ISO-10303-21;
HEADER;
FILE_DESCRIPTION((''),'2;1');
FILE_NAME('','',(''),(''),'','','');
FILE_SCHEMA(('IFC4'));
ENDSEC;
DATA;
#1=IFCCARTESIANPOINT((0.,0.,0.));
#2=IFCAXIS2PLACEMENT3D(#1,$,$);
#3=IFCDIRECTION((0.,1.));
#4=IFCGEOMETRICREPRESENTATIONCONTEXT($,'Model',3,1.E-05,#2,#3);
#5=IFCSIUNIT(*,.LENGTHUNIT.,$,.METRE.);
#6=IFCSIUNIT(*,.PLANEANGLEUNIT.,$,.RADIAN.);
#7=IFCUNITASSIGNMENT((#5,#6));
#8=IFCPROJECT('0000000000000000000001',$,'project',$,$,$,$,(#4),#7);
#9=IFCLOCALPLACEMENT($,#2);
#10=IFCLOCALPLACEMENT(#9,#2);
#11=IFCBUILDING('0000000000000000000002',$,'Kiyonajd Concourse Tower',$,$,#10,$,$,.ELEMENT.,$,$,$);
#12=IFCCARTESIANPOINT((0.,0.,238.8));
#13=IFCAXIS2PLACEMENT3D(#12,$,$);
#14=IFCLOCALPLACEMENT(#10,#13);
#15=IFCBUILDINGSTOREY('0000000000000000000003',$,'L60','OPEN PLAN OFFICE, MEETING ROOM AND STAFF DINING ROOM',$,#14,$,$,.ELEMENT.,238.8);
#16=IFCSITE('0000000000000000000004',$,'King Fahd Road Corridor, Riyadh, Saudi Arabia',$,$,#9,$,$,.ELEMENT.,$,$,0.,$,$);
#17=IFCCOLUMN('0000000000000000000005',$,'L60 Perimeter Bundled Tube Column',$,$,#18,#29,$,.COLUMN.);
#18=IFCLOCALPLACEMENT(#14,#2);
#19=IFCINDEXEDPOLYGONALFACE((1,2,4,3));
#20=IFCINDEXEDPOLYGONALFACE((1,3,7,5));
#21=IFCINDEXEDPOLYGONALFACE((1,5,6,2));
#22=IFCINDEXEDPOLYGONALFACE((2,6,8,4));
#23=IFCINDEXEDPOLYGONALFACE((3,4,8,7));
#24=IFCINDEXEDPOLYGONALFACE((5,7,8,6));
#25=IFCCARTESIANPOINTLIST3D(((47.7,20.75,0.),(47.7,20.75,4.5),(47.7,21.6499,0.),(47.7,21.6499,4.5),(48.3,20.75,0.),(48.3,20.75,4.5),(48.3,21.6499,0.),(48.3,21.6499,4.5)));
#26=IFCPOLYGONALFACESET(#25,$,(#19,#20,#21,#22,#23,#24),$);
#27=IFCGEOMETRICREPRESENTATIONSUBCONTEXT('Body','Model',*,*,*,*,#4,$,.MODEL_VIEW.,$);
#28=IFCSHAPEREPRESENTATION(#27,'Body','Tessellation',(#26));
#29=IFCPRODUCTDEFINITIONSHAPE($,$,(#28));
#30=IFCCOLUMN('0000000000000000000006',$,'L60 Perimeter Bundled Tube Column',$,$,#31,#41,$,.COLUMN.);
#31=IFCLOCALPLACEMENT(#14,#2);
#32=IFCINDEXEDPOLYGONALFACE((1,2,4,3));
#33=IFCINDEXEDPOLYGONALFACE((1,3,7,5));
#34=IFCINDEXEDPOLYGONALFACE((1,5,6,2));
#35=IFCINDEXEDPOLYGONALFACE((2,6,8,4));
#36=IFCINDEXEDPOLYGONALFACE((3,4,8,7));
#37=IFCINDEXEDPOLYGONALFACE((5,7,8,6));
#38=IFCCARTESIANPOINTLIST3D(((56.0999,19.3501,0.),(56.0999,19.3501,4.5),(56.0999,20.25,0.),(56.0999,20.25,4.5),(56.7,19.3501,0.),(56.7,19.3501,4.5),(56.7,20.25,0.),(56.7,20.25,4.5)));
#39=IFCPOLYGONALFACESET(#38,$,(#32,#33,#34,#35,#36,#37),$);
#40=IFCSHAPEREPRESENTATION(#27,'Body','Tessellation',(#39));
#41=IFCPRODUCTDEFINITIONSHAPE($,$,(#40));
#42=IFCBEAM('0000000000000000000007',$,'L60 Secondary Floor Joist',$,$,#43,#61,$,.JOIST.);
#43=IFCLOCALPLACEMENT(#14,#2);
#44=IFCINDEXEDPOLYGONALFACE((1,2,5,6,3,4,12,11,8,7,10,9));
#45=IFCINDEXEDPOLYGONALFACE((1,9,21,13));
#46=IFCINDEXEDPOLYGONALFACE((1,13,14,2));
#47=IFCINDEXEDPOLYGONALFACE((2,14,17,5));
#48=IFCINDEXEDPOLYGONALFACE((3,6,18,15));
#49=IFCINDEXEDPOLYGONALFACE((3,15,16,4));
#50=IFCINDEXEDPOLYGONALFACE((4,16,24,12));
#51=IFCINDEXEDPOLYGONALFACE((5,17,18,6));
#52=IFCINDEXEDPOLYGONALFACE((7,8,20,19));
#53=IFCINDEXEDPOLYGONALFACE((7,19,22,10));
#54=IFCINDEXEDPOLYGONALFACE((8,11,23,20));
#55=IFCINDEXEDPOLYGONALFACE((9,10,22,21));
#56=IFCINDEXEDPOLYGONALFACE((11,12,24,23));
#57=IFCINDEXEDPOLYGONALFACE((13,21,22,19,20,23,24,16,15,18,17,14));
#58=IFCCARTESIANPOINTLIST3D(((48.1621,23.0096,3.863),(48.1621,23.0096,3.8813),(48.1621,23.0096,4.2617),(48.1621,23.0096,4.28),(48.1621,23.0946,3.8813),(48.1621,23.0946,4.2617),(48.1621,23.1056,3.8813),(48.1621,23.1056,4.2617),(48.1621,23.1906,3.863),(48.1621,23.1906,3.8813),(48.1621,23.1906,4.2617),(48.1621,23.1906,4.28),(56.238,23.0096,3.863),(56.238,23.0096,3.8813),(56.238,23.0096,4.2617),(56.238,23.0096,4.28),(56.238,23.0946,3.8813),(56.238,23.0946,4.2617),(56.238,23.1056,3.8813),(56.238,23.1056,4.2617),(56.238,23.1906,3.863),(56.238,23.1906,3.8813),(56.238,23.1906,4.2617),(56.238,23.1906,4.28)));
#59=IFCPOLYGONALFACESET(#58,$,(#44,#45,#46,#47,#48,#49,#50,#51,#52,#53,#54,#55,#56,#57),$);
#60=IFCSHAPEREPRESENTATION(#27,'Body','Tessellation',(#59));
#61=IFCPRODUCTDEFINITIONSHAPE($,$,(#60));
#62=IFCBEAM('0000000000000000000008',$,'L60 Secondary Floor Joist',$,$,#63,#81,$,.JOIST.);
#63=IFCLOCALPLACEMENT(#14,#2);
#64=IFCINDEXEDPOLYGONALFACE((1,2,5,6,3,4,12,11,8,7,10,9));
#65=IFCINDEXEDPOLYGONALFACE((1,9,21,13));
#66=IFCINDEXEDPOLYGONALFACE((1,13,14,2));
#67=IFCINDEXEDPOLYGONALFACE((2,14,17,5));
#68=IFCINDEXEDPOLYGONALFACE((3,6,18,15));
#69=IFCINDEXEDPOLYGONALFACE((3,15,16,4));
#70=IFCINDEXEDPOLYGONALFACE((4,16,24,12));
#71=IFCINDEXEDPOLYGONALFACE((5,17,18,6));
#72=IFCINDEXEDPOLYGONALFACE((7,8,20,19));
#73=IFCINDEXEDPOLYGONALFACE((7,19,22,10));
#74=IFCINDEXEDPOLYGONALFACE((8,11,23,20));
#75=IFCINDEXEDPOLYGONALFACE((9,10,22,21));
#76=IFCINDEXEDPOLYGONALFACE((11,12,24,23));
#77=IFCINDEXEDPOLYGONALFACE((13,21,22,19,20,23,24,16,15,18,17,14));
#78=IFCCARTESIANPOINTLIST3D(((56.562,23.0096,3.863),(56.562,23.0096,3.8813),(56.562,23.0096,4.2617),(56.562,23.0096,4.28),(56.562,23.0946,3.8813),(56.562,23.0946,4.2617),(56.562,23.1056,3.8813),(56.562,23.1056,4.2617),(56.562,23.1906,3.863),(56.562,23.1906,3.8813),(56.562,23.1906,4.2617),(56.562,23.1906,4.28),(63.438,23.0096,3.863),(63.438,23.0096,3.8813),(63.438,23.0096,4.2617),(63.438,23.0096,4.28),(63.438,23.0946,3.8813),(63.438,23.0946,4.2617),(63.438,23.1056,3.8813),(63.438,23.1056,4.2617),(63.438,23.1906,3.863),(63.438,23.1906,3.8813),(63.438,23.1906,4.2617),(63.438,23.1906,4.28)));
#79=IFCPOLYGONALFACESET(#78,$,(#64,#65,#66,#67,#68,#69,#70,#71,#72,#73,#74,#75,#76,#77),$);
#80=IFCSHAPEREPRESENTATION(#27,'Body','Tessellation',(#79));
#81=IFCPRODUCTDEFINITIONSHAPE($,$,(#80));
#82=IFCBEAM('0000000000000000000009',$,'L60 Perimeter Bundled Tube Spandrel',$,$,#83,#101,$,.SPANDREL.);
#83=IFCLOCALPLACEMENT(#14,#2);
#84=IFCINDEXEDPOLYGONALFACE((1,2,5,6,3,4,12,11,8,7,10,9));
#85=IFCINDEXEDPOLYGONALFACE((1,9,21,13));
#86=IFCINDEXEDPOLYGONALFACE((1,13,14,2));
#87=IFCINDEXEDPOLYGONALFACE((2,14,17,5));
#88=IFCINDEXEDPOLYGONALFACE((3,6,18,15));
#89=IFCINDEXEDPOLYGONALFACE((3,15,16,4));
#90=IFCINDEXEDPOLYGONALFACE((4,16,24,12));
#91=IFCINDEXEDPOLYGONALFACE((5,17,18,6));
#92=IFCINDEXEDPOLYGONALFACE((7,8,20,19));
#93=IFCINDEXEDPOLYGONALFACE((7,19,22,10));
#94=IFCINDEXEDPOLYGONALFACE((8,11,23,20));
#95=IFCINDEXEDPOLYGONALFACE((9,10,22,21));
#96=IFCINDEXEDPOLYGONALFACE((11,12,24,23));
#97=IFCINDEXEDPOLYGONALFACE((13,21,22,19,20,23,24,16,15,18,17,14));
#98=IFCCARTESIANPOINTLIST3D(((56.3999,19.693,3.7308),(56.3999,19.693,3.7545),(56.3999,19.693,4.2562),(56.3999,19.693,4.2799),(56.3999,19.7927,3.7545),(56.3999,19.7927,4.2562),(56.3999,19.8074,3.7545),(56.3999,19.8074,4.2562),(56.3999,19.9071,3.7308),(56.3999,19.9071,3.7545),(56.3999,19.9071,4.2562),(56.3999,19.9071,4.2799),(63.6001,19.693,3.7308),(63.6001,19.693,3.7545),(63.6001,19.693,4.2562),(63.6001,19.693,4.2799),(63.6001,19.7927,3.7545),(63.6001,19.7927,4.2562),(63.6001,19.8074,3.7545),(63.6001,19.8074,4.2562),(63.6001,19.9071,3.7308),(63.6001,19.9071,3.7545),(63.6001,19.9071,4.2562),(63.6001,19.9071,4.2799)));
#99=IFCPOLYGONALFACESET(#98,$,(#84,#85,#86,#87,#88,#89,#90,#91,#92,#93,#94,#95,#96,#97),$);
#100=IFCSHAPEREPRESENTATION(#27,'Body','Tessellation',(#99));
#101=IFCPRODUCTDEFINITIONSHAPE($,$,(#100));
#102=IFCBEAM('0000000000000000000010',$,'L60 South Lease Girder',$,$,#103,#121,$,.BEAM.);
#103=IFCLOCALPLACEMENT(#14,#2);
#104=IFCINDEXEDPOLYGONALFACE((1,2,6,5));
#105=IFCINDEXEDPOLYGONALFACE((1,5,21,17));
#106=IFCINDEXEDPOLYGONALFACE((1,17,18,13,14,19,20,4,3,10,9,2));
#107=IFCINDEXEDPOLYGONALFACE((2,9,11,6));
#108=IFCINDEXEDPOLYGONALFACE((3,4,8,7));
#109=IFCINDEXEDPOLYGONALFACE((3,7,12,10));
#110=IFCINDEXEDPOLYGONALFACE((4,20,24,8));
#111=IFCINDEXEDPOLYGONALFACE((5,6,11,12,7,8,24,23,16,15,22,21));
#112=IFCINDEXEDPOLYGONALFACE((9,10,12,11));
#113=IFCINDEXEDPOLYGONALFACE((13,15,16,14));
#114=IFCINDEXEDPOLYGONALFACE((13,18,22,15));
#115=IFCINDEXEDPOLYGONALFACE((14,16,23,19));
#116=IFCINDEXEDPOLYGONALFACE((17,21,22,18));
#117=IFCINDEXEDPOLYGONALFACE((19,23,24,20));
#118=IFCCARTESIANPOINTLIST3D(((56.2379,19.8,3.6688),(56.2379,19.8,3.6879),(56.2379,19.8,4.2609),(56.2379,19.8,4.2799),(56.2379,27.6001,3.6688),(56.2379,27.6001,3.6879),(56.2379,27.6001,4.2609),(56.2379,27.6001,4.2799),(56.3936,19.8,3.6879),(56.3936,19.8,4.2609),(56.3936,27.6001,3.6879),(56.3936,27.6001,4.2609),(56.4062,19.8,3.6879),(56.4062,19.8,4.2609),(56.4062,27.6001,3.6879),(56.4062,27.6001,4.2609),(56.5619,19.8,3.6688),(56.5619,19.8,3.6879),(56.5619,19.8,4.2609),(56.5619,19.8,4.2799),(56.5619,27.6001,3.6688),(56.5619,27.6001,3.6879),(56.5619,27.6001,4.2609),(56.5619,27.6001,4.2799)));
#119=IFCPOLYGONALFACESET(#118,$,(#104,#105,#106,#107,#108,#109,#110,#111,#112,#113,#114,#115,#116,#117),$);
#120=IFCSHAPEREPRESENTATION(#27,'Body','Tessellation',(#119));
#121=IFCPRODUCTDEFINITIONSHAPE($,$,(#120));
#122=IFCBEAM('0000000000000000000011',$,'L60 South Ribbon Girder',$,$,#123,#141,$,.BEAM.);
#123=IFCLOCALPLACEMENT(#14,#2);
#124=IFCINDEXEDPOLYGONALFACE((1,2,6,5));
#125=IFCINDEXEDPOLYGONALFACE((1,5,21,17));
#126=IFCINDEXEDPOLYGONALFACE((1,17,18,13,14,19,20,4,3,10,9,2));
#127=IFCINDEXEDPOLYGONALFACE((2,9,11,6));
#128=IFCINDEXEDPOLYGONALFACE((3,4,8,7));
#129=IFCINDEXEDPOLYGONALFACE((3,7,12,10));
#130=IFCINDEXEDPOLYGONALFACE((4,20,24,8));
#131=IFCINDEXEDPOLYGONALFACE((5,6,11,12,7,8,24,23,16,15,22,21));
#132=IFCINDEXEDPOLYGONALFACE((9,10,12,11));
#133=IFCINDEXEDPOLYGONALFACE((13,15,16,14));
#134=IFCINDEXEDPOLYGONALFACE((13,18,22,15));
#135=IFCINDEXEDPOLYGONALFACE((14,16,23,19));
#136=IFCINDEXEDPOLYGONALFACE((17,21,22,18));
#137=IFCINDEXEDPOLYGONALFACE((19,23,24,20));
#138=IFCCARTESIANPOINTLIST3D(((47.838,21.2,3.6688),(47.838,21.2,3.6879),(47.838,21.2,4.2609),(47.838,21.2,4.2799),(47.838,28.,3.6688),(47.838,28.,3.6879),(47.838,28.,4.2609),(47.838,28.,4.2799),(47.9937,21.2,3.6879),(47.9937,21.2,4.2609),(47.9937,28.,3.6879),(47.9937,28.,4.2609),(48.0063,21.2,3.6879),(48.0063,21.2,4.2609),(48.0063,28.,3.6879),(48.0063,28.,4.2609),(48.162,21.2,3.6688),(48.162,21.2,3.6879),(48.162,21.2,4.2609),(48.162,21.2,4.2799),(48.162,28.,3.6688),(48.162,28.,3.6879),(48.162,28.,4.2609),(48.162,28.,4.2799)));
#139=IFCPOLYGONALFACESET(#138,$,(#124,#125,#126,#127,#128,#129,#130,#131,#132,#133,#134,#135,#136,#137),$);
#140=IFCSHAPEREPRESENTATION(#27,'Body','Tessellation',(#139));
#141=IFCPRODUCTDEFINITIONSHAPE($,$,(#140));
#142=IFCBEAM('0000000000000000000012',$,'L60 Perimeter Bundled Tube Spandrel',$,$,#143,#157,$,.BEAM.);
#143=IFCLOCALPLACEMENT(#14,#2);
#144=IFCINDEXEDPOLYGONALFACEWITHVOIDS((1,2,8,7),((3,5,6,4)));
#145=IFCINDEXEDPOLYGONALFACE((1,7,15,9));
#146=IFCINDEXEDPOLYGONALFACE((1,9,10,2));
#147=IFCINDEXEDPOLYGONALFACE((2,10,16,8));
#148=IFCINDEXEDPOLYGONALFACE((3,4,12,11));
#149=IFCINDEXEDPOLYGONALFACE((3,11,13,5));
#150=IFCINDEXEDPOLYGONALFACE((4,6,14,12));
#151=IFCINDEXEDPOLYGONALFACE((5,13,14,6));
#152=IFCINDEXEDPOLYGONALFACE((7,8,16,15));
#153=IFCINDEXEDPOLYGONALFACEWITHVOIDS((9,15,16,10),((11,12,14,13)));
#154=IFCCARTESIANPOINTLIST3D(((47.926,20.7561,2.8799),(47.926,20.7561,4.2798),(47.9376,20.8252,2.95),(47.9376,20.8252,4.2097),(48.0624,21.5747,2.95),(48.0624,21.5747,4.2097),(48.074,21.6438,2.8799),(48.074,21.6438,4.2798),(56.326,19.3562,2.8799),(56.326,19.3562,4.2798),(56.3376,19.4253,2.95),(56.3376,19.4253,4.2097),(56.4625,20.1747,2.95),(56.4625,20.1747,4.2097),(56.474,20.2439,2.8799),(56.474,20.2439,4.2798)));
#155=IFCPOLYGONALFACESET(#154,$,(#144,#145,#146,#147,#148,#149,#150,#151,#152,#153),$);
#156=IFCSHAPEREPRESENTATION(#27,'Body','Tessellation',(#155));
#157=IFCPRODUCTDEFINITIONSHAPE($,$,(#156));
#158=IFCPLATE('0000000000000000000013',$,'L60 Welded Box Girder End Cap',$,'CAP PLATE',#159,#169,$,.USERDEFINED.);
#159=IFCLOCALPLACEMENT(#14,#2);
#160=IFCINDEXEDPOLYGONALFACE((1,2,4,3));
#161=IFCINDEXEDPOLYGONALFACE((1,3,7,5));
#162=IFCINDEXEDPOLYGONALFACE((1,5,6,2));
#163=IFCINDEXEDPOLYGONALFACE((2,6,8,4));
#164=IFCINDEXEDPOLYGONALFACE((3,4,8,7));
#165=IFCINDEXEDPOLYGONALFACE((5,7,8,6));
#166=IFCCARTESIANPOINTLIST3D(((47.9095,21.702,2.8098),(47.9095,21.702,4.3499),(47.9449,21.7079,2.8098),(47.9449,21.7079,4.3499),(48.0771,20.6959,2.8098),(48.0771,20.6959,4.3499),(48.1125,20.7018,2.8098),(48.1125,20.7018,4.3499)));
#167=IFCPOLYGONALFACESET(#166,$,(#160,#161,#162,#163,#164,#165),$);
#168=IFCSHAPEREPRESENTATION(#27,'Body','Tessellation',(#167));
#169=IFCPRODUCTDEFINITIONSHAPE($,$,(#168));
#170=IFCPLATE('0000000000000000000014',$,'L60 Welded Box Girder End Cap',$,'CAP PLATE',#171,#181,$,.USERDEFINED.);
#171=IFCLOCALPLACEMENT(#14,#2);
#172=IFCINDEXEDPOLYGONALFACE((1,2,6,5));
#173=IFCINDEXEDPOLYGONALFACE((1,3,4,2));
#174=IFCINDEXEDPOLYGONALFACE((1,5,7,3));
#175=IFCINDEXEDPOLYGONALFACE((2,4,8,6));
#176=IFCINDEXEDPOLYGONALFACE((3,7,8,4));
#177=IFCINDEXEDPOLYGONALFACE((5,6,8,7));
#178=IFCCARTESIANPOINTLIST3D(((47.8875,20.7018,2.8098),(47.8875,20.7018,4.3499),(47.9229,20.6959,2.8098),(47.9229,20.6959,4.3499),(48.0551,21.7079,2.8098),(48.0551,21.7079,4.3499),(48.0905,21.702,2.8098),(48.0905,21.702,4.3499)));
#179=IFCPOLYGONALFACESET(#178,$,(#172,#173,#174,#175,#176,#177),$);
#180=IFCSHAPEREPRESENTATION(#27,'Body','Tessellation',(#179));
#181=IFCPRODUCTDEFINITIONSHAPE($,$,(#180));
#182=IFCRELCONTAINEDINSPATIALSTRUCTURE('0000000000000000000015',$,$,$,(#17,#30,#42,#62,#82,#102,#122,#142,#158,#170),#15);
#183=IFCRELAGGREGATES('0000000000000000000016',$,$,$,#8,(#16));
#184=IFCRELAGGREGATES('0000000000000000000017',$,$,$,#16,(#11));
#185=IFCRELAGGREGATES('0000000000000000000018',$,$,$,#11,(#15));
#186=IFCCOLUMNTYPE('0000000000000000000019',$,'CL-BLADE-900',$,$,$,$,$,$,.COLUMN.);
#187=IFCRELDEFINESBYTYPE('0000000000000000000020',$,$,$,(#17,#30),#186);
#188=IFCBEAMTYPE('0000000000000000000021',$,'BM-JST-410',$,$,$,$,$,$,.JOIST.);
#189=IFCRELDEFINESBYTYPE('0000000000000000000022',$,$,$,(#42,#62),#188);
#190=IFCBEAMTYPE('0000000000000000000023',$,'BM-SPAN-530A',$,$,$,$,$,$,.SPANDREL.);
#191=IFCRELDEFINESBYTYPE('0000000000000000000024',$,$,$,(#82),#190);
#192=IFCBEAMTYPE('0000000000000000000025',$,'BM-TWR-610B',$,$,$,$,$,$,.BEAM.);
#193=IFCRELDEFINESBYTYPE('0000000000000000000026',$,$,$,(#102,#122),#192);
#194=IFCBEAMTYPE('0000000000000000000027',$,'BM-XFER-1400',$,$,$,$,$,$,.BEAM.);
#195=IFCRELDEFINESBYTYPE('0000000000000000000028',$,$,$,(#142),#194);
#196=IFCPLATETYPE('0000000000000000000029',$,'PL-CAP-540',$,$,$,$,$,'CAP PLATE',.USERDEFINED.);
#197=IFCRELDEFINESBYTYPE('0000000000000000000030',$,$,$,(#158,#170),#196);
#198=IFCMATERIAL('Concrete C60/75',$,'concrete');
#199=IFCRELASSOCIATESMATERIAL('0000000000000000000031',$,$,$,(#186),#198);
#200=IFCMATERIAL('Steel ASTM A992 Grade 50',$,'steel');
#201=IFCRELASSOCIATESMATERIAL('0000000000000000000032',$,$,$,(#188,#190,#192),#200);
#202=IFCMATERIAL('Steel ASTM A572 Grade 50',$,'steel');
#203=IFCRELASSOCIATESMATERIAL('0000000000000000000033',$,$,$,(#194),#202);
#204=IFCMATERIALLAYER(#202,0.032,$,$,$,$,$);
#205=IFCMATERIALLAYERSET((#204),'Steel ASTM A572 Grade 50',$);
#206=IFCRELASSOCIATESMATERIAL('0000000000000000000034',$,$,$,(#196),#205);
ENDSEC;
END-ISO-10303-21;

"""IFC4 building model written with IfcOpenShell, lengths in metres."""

from ifc_helpers import new_model, si_unit, direction, frame, origin, origin_2d, place, context, subcontext, project, spatial, rectangle, hollow_rectangle, i_section, extrude, material, layer, layer_set, material_profile, profile_set, type_object, element, save


model = new_model("IFC4")

# Units and contexts
model_context = context("Model", 3, precision=1e-05, world=origin(), true_north=direction((0.0, 1.0)))
body_context = subcontext(model_context, "Body", "Model", "MODEL_VIEW")
ifc_project = project(units=[si_unit("LENGTHUNIT", "METRE"), si_unit("PLANEANGLEUNIT", "RADIAN")], contexts=[model_context])

# Site, building, storey
site_placement = place(None, origin())
site = spatial("IfcSite", under=ifc_project, at=site_placement, Name="King Fahd Road Corridor, Riyadh, Saudi Arabia", CompositionType="ELEMENT", RefElevation=0.0)
building_placement = place(site_placement, origin())
building = spatial("IfcBuilding", under=site, at=building_placement, Name="Kiyonajd Concourse Tower", CompositionType="ELEMENT")
storey_placement = place(building_placement, frame((0.0, 0.0, 238.8)))
storey = spatial("IfcBuildingStorey", under=building, at=storey_placement, Name="L60", Description="OPEN PLAN OFFICE, MEETING ROOM AND STAFF DINING ROOM", CompositionType="ELEMENT", Elevation=238.8)

# Columns
ifc_material_1 = material(Name="Concrete C60/75", Category="concrete")
ifc_material_profile_1 = material_profile(ifc_material_1, rectangle(XDim=0.6001, YDim=0.8999, at=origin_2d()), Name="RC-900x600")
ifc_profile_set_1 = profile_set([ifc_material_profile_1], Name="Concrete C60/75")
column_type = type_object("IfcColumnType", Name="CL-BLADE-900", PredefinedType="COLUMN", material=ifc_profile_set_1)
for number, where, z_axis, x_axis, name in (
    (1, (48.0, 21.2, 0.0), (0.0, 0.0, 1.0), (1.0, 0.0, 0.0), "L60 Perimeter Bundled Tube Column"),
    (2, (56.3999, 19.8, 0.0), (0.0, 0.0, 1.0), (1.0, 0.0, 0.0), "L60 Perimeter Bundled Tube Column"),
):
    element("IfcColumn", number, at=place(storey_placement, frame(where, z_axis=z_axis, x_axis=x_axis)), inside=storey, type_object=column_type, Name=name, PredefinedType="COLUMN", context=body_context, shape_type="SweptSolid", body=[
        extrude(rectangle(XDim=0.6001, YDim=0.8999, at=origin_2d()), origin(), (0.0, 0.0, 1.0), 4.5),
    ])

# Beams
ifc_material_2 = material(Name="Steel ASTM A992 Grade 50", Category="steel")
ifc_material_profile_2 = material_profile(ifc_material_2, i_section(OverallWidth=0.1809, OverallDepth=0.417, WebThickness=0.011, FlangeThickness=0.0183, at=origin_2d()), Name="W410X85")
ifc_profile_set_2 = profile_set([ifc_material_profile_2], Name="Steel ASTM A992 Grade 50")
beam_type_1 = type_object("IfcBeamType", Name="BM-JST-410", PredefinedType="JOIST", material=ifc_profile_set_2)
beam_1_placement = place(storey_placement, frame((48.1621, 23.1001, 4.0715), z_axis=(1.0, 0.0, 0.0), x_axis=(0.0, 1.0, 0.0)))
element("IfcBeam", 3, at=beam_1_placement, inside=storey, type_object=beam_type_1, Name="L60 Secondary Floor Joist", PredefinedType="JOIST", context=body_context, shape_type="SweptSolid", body=[
    extrude(i_section(OverallWidth=0.1809, OverallDepth=0.417, WebThickness=0.011, FlangeThickness=0.0183, at=origin_2d()), origin(), (0.0, 0.0, 1.0), 8.0759),
])
beam_2_placement = place(storey_placement, frame((56.562, 23.1001, 4.0715), z_axis=(1.0, 0.0, 0.0), x_axis=(0.0, 1.0, 0.0)))
element("IfcBeam", 4, at=beam_2_placement, inside=storey, type_object=beam_type_1, Name="L60 Secondary Floor Joist", PredefinedType="JOIST", context=body_context, shape_type="SweptSolid", body=[
    extrude(i_section(OverallWidth=0.1809, OverallDepth=0.417, WebThickness=0.011, FlangeThickness=0.0183, at=origin_2d()), origin(), (0.0, 0.0, 1.0), 6.876),
])
ifc_material_profile_3 = material_profile(ifc_material_2, i_section(OverallWidth=0.2141, OverallDepth=0.5491, WebThickness=0.0146, FlangeThickness=0.0237, at=origin_2d()), Name="W530X138")
ifc_profile_set_3 = profile_set([ifc_material_profile_3], Name="Steel ASTM A992 Grade 50")
beam_type_2 = type_object("IfcBeamType", Name="BM-SPAN-530A", PredefinedType="SPANDREL", material=ifc_profile_set_3)
beam_3_placement = place(storey_placement, frame((56.3999, 19.8, 4.0054), z_axis=(1.0, 0.0, 0.0), x_axis=(0.0, 1.0, 0.0)))
element("IfcBeam", 5, at=beam_3_placement, inside=storey, type_object=beam_type_2, Name="L60 Perimeter Bundled Tube Spandrel", PredefinedType="SPANDREL", context=body_context, shape_type="SweptSolid", body=[
    extrude(i_section(OverallWidth=0.2141, OverallDepth=0.5491, WebThickness=0.0146, FlangeThickness=0.0237, at=origin_2d()), origin(), (0.0, 0.0, 1.0), 7.2002),
])
ifc_material_profile_4 = material_profile(ifc_material_2, i_section(OverallWidth=0.324, OverallDepth=0.6111, WebThickness=0.0127, FlangeThickness=0.019, at=origin_2d()), Name="W610X155")
ifc_profile_set_4 = profile_set([ifc_material_profile_4], Name="Steel ASTM A992 Grade 50")
beam_type_3 = type_object("IfcBeamType", Name="BM-TWR-610B", PredefinedType="BEAM", material=ifc_profile_set_4)
beam_4_placement = place(storey_placement, frame((56.3999, 19.8, 3.9744), z_axis=(0.0, 1.0, 0.0), x_axis=(-1.0, 0.0, 0.0)))
element("IfcBeam", 6, at=beam_4_placement, inside=storey, type_object=beam_type_3, Name="L60 South Lease Girder", PredefinedType="BEAM", context=body_context, shape_type="SweptSolid", body=[
    extrude(i_section(OverallWidth=0.324, OverallDepth=0.6111, WebThickness=0.0127, FlangeThickness=0.019, at=origin_2d()), origin(), (0.0, 0.0, 1.0), 7.8),
])
beam_5_placement = place(storey_placement, frame((48.0, 21.2, 3.9744), z_axis=(0.0, 1.0, 0.0), x_axis=(-1.0, 0.0, 0.0)))
element("IfcBeam", 7, at=beam_5_placement, inside=storey, type_object=beam_type_3, Name="L60 South Ribbon Girder", PredefinedType="BEAM", context=body_context, shape_type="SweptSolid", body=[
    extrude(i_section(OverallWidth=0.324, OverallDepth=0.6111, WebThickness=0.0127, FlangeThickness=0.019, at=origin_2d()), origin(), (0.0, 0.0, 1.0), 6.8),
])
ifc_material_3 = material(Name="Steel ASTM A572 Grade 50", Category="steel")
ifc_material_profile_5 = material_profile(ifc_material_3, hollow_rectangle(XDim=0.8999, YDim=1.3999, WallThickness=0.0701, at=origin_2d()), Name="BOX-1400x900x70")
ifc_profile_set_5 = profile_set([ifc_material_profile_5], Name="Steel ASTM A572 Grade 50")
beam_type_4 = type_object("IfcBeamType", Name="BM-XFER-1400", PredefinedType="BEAM", material=ifc_profile_set_5)
beam_6_placement = place(storey_placement, frame((48.0, 21.2, 3.5798), z_axis=(0.986395, -0.16439, 0.0), x_axis=(0.16439, 0.986395, 0.0)))
element("IfcBeam", 8, at=beam_6_placement, inside=storey, type_object=beam_type_4, Name="L60 Perimeter Bundled Tube Spandrel", PredefinedType="BEAM", context=body_context, shape_type="SweptSolid", body=[
    extrude(hollow_rectangle(XDim=0.8999, YDim=1.3999, WallThickness=0.0701, at=origin_2d()), origin(), (0.0, 0.0, 1.0), 8.5159),
])

# Plates
ifc_layer_1 = layer(ifc_material_3, 0.032)
ifc_layer_set_1 = layer_set([ifc_layer_1], Name="Steel ASTM A572 Grade 50")
plate_type_1 = type_object("IfcPlateType", Name="PL-CAP-540", ElementType="CAP PLATE", PredefinedType="USERDEFINED", material=ifc_layer_set_1)
for number, where, z_axis, x_axis, name in (
    (9, (48.011, 21.2019, 2.8098), (0.0, 0.0, 1.0), (0.986401, 0.164359, 0.0), "L60 Welded Box Girder End Cap"),
    (10, (47.989, 21.2019, 2.8098), (0.0, 0.0, 1.0), (-0.986401, 0.164359, 0.0), "L60 Welded Box Girder End Cap"),
):
    element("IfcPlate", number, at=place(storey_placement, frame(where, z_axis=z_axis, x_axis=x_axis)), inside=storey, type_object=plate_type_1, Name=name, ObjectType="CAP PLATE", PredefinedType="USERDEFINED", context=body_context, shape_type="SweptSolid", body=[
        extrude(rectangle(XDim=0.0359, YDim=1.02, at=origin_2d()), origin(), (0.0, 0.0, 1.0), 1.54),
    ])

save(model, "model.ifc")
